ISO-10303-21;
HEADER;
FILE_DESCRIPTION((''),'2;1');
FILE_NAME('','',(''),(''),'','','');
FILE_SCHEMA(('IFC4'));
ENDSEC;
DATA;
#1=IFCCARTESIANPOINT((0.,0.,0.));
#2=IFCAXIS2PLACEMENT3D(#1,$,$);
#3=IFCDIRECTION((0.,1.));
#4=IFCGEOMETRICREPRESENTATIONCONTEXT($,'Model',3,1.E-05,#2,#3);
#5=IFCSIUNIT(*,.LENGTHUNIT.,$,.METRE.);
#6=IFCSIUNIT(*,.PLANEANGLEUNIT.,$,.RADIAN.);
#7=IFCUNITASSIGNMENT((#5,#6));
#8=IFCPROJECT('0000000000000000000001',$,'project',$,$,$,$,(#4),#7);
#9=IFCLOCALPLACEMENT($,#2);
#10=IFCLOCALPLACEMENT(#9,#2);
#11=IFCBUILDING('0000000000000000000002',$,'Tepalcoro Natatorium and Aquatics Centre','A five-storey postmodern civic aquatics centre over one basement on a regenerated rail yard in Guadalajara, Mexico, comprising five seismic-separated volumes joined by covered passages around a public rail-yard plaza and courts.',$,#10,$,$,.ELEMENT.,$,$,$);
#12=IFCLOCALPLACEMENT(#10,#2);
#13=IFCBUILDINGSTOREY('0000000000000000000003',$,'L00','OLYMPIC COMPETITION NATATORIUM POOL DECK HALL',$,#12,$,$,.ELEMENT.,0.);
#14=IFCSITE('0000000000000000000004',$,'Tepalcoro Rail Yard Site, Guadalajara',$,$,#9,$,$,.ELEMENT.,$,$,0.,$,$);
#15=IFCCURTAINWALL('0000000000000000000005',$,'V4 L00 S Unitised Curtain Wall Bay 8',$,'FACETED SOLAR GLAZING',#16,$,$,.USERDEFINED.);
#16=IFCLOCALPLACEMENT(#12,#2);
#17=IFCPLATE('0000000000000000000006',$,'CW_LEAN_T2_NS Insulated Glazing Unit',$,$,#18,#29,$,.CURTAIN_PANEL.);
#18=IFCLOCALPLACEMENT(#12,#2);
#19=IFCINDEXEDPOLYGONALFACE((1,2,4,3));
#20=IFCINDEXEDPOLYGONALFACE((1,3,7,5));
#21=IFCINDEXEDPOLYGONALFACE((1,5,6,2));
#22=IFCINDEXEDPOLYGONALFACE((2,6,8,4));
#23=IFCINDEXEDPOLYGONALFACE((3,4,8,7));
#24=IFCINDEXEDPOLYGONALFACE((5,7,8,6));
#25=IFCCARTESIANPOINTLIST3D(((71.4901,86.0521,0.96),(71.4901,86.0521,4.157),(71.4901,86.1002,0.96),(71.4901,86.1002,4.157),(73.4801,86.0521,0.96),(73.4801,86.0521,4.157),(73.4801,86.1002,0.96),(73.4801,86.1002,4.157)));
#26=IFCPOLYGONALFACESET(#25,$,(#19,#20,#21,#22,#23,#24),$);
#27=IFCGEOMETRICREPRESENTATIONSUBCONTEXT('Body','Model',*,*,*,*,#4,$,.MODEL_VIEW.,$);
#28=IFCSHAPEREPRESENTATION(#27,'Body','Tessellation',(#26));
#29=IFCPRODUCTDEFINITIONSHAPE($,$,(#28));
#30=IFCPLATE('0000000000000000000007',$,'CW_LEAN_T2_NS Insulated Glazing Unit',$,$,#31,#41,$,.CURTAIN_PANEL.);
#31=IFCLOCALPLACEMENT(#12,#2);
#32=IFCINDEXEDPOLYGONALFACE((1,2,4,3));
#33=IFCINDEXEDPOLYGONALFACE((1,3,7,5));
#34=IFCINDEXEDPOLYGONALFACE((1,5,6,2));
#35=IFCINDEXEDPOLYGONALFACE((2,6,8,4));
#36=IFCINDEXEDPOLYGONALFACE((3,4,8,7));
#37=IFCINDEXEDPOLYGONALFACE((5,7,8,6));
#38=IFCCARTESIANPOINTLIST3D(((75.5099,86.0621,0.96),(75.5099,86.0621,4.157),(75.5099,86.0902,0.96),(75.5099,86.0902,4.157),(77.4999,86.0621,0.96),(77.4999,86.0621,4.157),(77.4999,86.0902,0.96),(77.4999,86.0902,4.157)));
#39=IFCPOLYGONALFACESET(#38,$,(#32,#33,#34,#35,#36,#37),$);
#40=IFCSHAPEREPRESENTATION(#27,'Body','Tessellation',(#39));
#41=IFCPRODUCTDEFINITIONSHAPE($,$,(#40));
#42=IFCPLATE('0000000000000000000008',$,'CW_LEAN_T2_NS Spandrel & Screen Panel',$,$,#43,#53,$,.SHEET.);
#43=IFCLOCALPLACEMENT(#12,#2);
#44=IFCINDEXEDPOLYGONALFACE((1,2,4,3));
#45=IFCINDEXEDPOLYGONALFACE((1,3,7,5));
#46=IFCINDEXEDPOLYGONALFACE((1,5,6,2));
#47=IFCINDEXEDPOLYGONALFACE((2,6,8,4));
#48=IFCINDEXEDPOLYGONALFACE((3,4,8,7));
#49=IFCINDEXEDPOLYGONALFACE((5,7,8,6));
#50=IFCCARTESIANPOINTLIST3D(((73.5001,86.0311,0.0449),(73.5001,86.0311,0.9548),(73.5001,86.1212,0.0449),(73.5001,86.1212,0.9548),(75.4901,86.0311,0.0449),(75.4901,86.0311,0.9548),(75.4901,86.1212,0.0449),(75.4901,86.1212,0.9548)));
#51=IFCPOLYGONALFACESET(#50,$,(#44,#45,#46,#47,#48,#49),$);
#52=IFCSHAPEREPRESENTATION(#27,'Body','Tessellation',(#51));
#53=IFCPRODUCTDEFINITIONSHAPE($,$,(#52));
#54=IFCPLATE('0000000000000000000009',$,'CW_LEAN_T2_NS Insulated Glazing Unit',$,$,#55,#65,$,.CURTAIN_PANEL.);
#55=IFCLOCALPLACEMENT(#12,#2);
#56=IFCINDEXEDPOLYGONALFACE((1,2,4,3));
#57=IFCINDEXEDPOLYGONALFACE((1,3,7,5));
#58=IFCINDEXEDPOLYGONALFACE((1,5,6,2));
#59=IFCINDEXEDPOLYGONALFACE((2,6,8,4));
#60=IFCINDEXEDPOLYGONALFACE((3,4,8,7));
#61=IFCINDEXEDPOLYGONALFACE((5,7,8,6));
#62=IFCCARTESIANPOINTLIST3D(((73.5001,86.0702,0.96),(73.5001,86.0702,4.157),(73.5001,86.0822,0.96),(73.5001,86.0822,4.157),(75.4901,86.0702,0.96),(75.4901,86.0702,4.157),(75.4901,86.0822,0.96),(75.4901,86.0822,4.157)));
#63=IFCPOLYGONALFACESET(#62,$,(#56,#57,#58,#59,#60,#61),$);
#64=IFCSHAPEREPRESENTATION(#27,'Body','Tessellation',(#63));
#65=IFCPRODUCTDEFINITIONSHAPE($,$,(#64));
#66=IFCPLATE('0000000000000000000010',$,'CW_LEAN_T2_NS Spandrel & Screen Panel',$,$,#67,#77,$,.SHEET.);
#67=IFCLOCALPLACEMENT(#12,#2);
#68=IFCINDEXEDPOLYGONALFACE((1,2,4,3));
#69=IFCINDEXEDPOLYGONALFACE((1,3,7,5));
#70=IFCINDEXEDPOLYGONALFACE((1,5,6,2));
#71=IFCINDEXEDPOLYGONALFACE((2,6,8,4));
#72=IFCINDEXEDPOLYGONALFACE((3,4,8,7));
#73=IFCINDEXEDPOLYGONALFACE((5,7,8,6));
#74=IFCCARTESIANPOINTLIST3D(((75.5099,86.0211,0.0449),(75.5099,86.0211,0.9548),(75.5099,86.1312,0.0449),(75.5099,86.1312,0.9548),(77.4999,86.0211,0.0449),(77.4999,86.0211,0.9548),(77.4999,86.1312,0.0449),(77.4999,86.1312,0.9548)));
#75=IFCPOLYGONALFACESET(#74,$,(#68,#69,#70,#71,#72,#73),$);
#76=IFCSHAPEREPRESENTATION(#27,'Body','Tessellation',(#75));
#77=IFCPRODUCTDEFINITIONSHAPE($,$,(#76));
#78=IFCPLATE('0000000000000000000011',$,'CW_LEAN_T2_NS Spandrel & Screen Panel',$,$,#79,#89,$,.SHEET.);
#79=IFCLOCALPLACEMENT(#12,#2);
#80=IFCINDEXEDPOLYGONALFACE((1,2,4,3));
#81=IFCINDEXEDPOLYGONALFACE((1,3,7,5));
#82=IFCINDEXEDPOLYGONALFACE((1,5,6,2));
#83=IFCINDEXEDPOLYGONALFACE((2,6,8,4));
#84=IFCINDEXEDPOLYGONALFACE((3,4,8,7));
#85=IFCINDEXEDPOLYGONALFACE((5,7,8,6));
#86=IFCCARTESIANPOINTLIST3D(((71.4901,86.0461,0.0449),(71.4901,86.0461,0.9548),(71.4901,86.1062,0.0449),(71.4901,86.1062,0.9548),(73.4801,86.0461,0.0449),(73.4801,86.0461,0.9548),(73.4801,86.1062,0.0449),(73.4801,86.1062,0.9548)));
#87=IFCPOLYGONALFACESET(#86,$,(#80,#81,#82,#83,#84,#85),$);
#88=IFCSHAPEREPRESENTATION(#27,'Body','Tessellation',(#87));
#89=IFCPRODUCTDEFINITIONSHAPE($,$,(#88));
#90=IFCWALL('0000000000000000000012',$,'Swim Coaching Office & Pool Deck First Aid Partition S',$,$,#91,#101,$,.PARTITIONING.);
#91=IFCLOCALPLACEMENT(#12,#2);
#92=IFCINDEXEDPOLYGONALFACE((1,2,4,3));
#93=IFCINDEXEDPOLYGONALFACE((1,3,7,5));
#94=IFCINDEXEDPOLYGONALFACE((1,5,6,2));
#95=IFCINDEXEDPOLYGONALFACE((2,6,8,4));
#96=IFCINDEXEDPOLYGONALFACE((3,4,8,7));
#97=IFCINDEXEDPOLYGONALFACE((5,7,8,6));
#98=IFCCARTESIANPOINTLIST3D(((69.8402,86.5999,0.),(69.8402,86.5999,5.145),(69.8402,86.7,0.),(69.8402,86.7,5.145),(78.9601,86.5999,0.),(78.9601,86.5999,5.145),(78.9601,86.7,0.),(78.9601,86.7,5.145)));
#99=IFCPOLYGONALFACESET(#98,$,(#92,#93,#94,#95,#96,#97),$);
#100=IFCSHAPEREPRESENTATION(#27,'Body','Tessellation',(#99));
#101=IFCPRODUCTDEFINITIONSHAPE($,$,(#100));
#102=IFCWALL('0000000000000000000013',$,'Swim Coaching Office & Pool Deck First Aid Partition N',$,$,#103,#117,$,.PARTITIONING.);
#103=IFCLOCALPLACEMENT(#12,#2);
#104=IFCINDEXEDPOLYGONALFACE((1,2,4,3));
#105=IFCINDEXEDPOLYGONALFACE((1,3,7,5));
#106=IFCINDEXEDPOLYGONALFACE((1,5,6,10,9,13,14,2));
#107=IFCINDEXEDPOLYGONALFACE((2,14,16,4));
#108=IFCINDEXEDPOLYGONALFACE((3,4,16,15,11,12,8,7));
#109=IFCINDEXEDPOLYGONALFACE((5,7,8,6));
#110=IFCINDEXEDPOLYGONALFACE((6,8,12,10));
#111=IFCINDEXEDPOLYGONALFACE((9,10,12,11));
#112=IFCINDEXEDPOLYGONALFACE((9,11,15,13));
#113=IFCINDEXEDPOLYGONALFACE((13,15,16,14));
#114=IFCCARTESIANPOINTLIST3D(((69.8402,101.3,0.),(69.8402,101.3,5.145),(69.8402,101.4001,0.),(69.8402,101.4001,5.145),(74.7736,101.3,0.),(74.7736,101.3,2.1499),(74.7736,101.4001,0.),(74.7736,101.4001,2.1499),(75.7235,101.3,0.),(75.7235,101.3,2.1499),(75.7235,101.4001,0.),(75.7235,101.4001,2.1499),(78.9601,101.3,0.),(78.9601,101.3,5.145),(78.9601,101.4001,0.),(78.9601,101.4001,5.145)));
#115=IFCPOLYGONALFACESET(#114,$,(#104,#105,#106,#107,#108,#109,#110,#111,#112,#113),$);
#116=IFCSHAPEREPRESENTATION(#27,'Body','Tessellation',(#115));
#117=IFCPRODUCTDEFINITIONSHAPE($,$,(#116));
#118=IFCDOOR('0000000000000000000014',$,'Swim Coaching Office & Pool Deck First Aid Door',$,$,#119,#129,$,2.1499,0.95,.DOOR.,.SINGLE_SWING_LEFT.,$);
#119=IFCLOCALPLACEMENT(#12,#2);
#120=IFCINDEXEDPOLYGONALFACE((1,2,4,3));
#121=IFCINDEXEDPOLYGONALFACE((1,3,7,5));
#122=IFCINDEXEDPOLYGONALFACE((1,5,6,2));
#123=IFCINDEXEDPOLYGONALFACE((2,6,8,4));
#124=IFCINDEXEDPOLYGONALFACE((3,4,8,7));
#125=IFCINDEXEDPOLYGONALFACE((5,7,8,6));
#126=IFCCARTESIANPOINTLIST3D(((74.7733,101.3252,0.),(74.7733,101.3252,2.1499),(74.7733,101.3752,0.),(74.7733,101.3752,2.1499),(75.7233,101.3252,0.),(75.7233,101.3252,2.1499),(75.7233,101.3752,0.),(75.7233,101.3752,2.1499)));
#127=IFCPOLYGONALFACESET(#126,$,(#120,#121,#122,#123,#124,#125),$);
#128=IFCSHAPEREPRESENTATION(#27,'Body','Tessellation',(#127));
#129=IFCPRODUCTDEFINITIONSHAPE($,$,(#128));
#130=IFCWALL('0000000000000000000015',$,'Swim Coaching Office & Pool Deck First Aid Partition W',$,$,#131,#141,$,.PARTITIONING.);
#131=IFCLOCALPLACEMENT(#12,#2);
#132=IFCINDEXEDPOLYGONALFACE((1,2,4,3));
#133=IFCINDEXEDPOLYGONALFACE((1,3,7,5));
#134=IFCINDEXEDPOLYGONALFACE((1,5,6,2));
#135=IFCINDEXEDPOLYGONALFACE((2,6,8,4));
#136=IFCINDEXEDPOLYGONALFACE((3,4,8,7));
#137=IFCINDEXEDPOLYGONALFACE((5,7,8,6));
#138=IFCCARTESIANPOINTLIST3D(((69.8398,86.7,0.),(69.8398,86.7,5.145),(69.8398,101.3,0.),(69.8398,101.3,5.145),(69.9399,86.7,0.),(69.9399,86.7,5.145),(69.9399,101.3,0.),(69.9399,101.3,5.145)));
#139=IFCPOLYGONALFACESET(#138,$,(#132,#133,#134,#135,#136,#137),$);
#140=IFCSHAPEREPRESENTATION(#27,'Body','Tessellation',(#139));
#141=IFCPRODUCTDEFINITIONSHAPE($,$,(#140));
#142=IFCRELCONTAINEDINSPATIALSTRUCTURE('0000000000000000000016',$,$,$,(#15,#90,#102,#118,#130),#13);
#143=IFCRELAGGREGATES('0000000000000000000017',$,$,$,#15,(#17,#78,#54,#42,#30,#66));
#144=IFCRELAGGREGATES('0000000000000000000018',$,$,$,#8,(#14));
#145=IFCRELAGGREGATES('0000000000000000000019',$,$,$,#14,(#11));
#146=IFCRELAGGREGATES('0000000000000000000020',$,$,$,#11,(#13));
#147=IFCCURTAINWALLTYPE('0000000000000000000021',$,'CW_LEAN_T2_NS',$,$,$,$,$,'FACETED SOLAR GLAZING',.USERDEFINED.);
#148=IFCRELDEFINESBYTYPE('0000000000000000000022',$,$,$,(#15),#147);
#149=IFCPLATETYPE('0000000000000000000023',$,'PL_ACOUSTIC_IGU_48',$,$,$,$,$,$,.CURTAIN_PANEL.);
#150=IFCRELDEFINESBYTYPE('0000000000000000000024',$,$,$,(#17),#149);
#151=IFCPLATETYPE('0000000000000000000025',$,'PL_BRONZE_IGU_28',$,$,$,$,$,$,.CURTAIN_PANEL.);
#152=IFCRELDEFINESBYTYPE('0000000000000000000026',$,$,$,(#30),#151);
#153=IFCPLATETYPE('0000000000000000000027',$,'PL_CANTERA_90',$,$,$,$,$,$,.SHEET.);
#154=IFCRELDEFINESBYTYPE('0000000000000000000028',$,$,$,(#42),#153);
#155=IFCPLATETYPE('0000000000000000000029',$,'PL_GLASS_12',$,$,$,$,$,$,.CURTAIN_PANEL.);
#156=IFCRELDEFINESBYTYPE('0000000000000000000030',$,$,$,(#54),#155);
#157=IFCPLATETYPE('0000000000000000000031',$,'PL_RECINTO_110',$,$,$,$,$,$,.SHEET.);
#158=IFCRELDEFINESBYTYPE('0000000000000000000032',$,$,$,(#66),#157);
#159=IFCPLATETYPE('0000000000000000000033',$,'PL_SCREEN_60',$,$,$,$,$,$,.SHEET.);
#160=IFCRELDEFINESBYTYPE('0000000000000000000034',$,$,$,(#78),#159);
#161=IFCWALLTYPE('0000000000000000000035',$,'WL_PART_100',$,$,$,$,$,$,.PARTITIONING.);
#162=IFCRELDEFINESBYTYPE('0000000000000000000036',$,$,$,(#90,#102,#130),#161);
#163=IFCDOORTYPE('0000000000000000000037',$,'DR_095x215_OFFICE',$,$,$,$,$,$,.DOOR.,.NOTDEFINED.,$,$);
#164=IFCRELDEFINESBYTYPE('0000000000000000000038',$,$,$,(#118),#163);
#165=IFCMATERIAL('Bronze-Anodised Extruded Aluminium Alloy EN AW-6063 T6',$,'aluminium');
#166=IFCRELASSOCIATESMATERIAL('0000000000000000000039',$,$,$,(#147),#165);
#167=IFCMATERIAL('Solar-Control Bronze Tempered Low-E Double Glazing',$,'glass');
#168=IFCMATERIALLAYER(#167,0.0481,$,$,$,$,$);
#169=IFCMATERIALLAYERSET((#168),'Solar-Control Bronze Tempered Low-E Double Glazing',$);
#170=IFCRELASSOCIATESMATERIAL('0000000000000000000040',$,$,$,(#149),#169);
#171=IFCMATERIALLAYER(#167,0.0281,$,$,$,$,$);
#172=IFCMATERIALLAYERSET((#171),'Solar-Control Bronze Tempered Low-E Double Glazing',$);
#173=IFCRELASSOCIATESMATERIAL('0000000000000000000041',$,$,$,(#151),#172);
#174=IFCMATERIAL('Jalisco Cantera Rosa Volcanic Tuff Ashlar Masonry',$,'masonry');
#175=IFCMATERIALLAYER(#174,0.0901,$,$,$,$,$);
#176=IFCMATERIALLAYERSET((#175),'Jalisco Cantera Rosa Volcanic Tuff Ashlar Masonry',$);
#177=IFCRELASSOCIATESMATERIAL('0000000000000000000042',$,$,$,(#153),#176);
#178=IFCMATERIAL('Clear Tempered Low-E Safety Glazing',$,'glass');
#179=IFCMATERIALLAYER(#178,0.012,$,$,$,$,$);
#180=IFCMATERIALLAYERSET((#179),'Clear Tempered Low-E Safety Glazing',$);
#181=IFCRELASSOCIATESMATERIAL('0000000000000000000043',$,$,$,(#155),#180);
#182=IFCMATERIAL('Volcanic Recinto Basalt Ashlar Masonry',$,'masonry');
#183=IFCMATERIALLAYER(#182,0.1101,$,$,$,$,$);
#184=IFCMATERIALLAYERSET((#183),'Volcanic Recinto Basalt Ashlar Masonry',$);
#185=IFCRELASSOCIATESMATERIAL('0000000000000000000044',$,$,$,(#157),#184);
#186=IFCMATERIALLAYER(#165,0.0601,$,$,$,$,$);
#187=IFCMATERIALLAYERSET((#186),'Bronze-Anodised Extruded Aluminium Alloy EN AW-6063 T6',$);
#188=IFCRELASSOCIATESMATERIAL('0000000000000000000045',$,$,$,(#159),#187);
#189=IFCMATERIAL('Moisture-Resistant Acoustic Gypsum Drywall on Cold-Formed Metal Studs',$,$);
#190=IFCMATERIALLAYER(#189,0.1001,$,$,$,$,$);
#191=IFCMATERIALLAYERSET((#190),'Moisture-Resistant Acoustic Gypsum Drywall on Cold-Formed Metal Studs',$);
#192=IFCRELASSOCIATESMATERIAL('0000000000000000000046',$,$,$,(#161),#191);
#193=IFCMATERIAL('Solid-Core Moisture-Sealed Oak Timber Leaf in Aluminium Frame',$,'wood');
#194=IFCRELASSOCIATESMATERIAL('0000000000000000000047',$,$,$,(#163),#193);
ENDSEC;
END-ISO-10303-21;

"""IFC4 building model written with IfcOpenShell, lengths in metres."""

from ifc_helpers import new_model, si_unit, direction, frame, frame_2d, origin, origin_2d, place, context, subcontext, project, spatial, rectangle, extrude, material, layer, layer_set, type_object, element, fill, aggregate, save


model = new_model("IFC4")

# Units and contexts
model_context = context("Model", 3, precision=1e-05, world=origin(), true_north=direction((0.0, 1.0)))
body_context = subcontext(model_context, "Body", "Model", "MODEL_VIEW")
ifc_project = project(units=[si_unit("LENGTHUNIT", "METRE"), si_unit("PLANEANGLEUNIT", "RADIAN")], contexts=[model_context])

# Site, building, storey
site_placement = place(None, origin())
site = spatial("IfcSite", under=ifc_project, at=site_placement, Name="Tepalcoro Rail Yard Site, Guadalajara", CompositionType="ELEMENT", RefElevation=0.0)
building_placement = place(site_placement, origin())
building = spatial("IfcBuilding", under=site, at=building_placement, Name="Tepalcoro Natatorium and Aquatics Centre", Description="A five-storey postmodern civic aquatics centre over one basement on a regenerated rail yard in Guadalajara, Mexico, comprising five seismic-separated volumes joined by covered passages around a public rail-yard plaza and courts.", CompositionType="ELEMENT")
storey_placement = place(building_placement, origin())
storey = spatial("IfcBuildingStorey", under=building, at=storey_placement, Name="L00", Description="OLYMPIC COMPETITION NATATORIUM POOL DECK HALL", CompositionType="ELEMENT", Elevation=0.0)

# Curtain wall
ifc_material_1 = material(Name="Bronze-Anodised Extruded Aluminium Alloy EN AW-6063 T6", Category="aluminium")
curtain_wall_type = type_object("IfcCurtainWallType", Name="CW_LEAN_T2_NS", ElementType="FACETED SOLAR GLAZING", PredefinedType="USERDEFINED", material=ifc_material_1)
curtain_wall_placement = place(storey_placement, origin())
curtain_wall = element("IfcCurtainWall", 1, at=curtain_wall_placement, inside=storey, type_object=curtain_wall_type, Name="V4 L00 S Unitised Curtain Wall Bay 8", ObjectType="FACETED SOLAR GLAZING", PredefinedType="USERDEFINED")

# Plates
ifc_material_2 = material(Name="Solar-Control Bronze Tempered Low-E Double Glazing", Category="glass")
ifc_layer_1 = layer(ifc_material_2, 0.0481)
ifc_layer_set_1 = layer_set([ifc_layer_1], Name="Solar-Control Bronze Tempered Low-E Double Glazing")
plate_type_1 = type_object("IfcPlateType", Name="PL_ACOUSTIC_IGU_48", PredefinedType="CURTAIN_PANEL", material=ifc_layer_set_1)
plate_1_placement = place(storey_placement, frame((72.4851, 86.0762, 0.96), z_axis=(0.0, 0.0, 1.0), x_axis=(1.0, 0.0, 0.0)))
plate_1 = element("IfcPlate", 2, at=plate_1_placement, type_object=plate_type_1, Name="CW_LEAN_T2_NS Insulated Glazing Unit", PredefinedType="CURTAIN_PANEL", context=body_context, shape_type="SweptSolid", body=[
    extrude(rectangle(XDim=1.99, YDim=0.0481, at=origin_2d()), origin(), (0.0, 0.0, 1.0), 3.197),
])
ifc_layer_2 = layer(ifc_material_2, 0.0281)
ifc_layer_set_2 = layer_set([ifc_layer_2], Name="Solar-Control Bronze Tempered Low-E Double Glazing")
plate_type_2 = type_object("IfcPlateType", Name="PL_BRONZE_IGU_28", PredefinedType="CURTAIN_PANEL", material=ifc_layer_set_2)
plate_2_placement = place(storey_placement, frame((76.5049, 86.0762, 0.96), z_axis=(0.0, 0.0, 1.0), x_axis=(1.0, 0.0, 0.0)))
plate_2 = element("IfcPlate", 3, at=plate_2_placement, type_object=plate_type_2, Name="CW_LEAN_T2_NS Insulated Glazing Unit", PredefinedType="CURTAIN_PANEL", context=body_context, shape_type="SweptSolid", body=[
    extrude(rectangle(XDim=1.99, YDim=0.0281, at=origin_2d()), origin(), (0.0, 0.0, 1.0), 3.197),
])
ifc_material_3 = material(Name="Jalisco Cantera Rosa Volcanic Tuff Ashlar Masonry", Category="masonry")
ifc_layer_3 = layer(ifc_material_3, 0.0901)
ifc_layer_set_3 = layer_set([ifc_layer_3], Name="Jalisco Cantera Rosa Volcanic Tuff Ashlar Masonry")
plate_type_3 = type_object("IfcPlateType", Name="PL_CANTERA_90", PredefinedType="SHEET", material=ifc_layer_set_3)
plate_3_placement = place(storey_placement, frame((74.4951, 86.0762, 0.0449), z_axis=(0.0, 0.0, 1.0), x_axis=(1.0, 0.0, 0.0)))
plate_3 = element("IfcPlate", 4, at=plate_3_placement, type_object=plate_type_3, Name="CW_LEAN_T2_NS Spandrel & Screen Panel", PredefinedType="SHEET", context=body_context, shape_type="SweptSolid", body=[
    extrude(rectangle(XDim=1.99, YDim=0.0901, at=origin_2d()), origin(), (0.0, 0.0, 1.0), 0.9099),
])
ifc_material_4 = material(Name="Clear Tempered Low-E Safety Glazing", Category="glass")
ifc_layer_4 = layer(ifc_material_4, 0.012)
ifc_layer_set_4 = layer_set([ifc_layer_4], Name="Clear Tempered Low-E Safety Glazing")
plate_type_4 = type_object("IfcPlateType", Name="PL_GLASS_12", PredefinedType="CURTAIN_PANEL", material=ifc_layer_set_4)
plate_4_placement = place(storey_placement, frame((74.4951, 86.0762, 0.96), z_axis=(0.0, 0.0, 1.0), x_axis=(1.0, 0.0, 0.0)))
plate_4 = element("IfcPlate", 5, at=plate_4_placement, type_object=plate_type_4, Name="CW_LEAN_T2_NS Insulated Glazing Unit", PredefinedType="CURTAIN_PANEL", context=body_context, shape_type="SweptSolid", body=[
    extrude(rectangle(XDim=1.99, YDim=0.012, at=origin_2d()), origin(), (0.0, 0.0, 1.0), 3.197),
])
ifc_material_5 = material(Name="Volcanic Recinto Basalt Ashlar Masonry", Category="masonry")
ifc_layer_5 = layer(ifc_material_5, 0.1101)
ifc_layer_set_5 = layer_set([ifc_layer_5], Name="Volcanic Recinto Basalt Ashlar Masonry")
plate_type_5 = type_object("IfcPlateType", Name="PL_RECINTO_110", PredefinedType="SHEET", material=ifc_layer_set_5)
plate_5_placement = place(storey_placement, frame((76.5049, 86.0762, 0.0449), z_axis=(0.0, 0.0, 1.0), x_axis=(1.0, 0.0, 0.0)))
plate_5 = element("IfcPlate", 6, at=plate_5_placement, type_object=plate_type_5, Name="CW_LEAN_T2_NS Spandrel & Screen Panel", PredefinedType="SHEET", context=body_context, shape_type="SweptSolid", body=[
    extrude(rectangle(XDim=1.99, YDim=0.1101, at=origin_2d()), origin(), (0.0, 0.0, 1.0), 0.9099),
])
ifc_layer_6 = layer(ifc_material_1, 0.0601)
ifc_layer_set_6 = layer_set([ifc_layer_6], Name="Bronze-Anodised Extruded Aluminium Alloy EN AW-6063 T6")
plate_type_6 = type_object("IfcPlateType", Name="PL_SCREEN_60", PredefinedType="SHEET", material=ifc_layer_set_6)
plate_6_placement = place(storey_placement, frame((72.4851, 86.0762, 0.0449), z_axis=(0.0, 0.0, 1.0), x_axis=(1.0, 0.0, 0.0)))
plate_6 = element("IfcPlate", 7, at=plate_6_placement, type_object=plate_type_6, Name="CW_LEAN_T2_NS Spandrel & Screen Panel", PredefinedType="SHEET", context=body_context, shape_type="SweptSolid", body=[
    extrude(rectangle(XDim=1.99, YDim=0.0601, at=origin_2d()), origin(), (0.0, 0.0, 1.0), 0.9099),
])
aggregate(curtain_wall, [plate_1, plate_6, plate_4, plate_3, plate_2, plate_5])

# Wall
ifc_material_6 = material(Name="Moisture-Resistant Acoustic Gypsum Drywall on Cold-Formed Metal Studs")
ifc_layer_7 = layer(ifc_material_6, 0.1001)
ifc_layer_set_7 = layer_set([ifc_layer_7], Name="Moisture-Resistant Acoustic Gypsum Drywall on Cold-Formed Metal Studs")
wall_type = type_object("IfcWallType", Name="WL_PART_100", PredefinedType="PARTITIONING", material=ifc_layer_set_7)
wall_1_placement = place(storey_placement, frame((69.8401, 86.6499, 0.0), z_axis=(0.0, 0.0, 1.0), x_axis=(1.0, 0.0, 0.0)))
element("IfcWall", 8, at=wall_1_placement, inside=storey, type_object=wall_type, Name="Swim Coaching Office & Pool Deck First Aid Partition S", PredefinedType="PARTITIONING", context=body_context, shape_type="SweptSolid", body=[
    extrude(rectangle(XDim=9.1199, YDim=0.1001, at=frame_2d((4.5601, 0.0))), origin(), (0.0, 0.0, 1.0), 5.145),
])

# Wall, opening, door
wall_2_placement = place(storey_placement, frame((69.8401, 101.3501, 0.0), z_axis=(0.0, 0.0, 1.0), x_axis=(1.0, 0.0, 0.0)))
wall_2 = element("IfcWall", 9, at=wall_2_placement, inside=storey, type_object=wall_type, Name="Swim Coaching Office & Pool Deck First Aid Partition N", PredefinedType="PARTITIONING", context=body_context, shape_type="SweptSolid", body=[
    extrude(rectangle(XDim=9.1199, YDim=0.1001, at=frame_2d((4.5601, 0.0))), origin(), (0.0, 0.0, 1.0), 5.145),
])
opening_placement = place(wall_2_placement, frame((4.9333, 0.0, 0.0)))
opening = element("IfcOpeningElement", 10, at=opening_placement, cuts=wall_2, PredefinedType="OPENING", context=body_context, shape_type="SweptSolid", body=[
    extrude(rectangle(XDim=0.95, YDim=2.1499, at=frame_2d((0.4751, 1.075))), frame((0.0, 0.062, 0.0), z_axis=(0.0, -1.0, 0.0), x_axis=(1.0, 0.0, 0.0)), (0.0, 0.0, 1.0), 0.124),
])
ifc_material_7 = material(Name="Solid-Core Moisture-Sealed Oak Timber Leaf in Aluminium Frame", Category="wood")
door_type = type_object("IfcDoorType", Name="DR_095x215_OFFICE", OperationType="NOTDEFINED", PredefinedType="DOOR", material=ifc_material_7)
door_placement = place(opening_placement, frame((0.95, 0.0, 0.0), z_axis=(0.0, 0.0, 1.0), x_axis=(-1.0, 0.0, 0.0)))
door = element("IfcDoor", 11, at=door_placement, inside=storey, type_object=door_type, Name="Swim Coaching Office & Pool Deck First Aid Door", OperationType="SINGLE_SWING_LEFT", OverallHeight=2.1499, OverallWidth=0.95, PredefinedType="DOOR", context=body_context, shape_type="SweptSolid", body=[
    extrude(rectangle(XDim=0.95, YDim=2.1499, at=frame_2d((0.4751, 1.075))), frame((0.0, 0.0249, 0.0), z_axis=(0.0, -1.0, 0.0), x_axis=(1.0, 0.0, 0.0)), (0.0, 0.0, 1.0), 0.05),
])
fill(opening, door)

# Wall
wall_3_placement = place(storey_placement, frame((69.8899, 86.7, 0.0), z_axis=(0.0, 0.0, 1.0), x_axis=(0.0, 1.0, 0.0)))
element("IfcWall", 12, at=wall_3_placement, inside=storey, type_object=wall_type, Name="Swim Coaching Office & Pool Deck First Aid Partition W", PredefinedType="PARTITIONING", context=body_context, shape_type="SweptSolid", body=[
    extrude(rectangle(XDim=14.6001, YDim=0.1001, at=frame_2d((7.3, 0.0))), origin(), (0.0, 0.0, 1.0), 5.145),
])

save(model, "model.ifc")
